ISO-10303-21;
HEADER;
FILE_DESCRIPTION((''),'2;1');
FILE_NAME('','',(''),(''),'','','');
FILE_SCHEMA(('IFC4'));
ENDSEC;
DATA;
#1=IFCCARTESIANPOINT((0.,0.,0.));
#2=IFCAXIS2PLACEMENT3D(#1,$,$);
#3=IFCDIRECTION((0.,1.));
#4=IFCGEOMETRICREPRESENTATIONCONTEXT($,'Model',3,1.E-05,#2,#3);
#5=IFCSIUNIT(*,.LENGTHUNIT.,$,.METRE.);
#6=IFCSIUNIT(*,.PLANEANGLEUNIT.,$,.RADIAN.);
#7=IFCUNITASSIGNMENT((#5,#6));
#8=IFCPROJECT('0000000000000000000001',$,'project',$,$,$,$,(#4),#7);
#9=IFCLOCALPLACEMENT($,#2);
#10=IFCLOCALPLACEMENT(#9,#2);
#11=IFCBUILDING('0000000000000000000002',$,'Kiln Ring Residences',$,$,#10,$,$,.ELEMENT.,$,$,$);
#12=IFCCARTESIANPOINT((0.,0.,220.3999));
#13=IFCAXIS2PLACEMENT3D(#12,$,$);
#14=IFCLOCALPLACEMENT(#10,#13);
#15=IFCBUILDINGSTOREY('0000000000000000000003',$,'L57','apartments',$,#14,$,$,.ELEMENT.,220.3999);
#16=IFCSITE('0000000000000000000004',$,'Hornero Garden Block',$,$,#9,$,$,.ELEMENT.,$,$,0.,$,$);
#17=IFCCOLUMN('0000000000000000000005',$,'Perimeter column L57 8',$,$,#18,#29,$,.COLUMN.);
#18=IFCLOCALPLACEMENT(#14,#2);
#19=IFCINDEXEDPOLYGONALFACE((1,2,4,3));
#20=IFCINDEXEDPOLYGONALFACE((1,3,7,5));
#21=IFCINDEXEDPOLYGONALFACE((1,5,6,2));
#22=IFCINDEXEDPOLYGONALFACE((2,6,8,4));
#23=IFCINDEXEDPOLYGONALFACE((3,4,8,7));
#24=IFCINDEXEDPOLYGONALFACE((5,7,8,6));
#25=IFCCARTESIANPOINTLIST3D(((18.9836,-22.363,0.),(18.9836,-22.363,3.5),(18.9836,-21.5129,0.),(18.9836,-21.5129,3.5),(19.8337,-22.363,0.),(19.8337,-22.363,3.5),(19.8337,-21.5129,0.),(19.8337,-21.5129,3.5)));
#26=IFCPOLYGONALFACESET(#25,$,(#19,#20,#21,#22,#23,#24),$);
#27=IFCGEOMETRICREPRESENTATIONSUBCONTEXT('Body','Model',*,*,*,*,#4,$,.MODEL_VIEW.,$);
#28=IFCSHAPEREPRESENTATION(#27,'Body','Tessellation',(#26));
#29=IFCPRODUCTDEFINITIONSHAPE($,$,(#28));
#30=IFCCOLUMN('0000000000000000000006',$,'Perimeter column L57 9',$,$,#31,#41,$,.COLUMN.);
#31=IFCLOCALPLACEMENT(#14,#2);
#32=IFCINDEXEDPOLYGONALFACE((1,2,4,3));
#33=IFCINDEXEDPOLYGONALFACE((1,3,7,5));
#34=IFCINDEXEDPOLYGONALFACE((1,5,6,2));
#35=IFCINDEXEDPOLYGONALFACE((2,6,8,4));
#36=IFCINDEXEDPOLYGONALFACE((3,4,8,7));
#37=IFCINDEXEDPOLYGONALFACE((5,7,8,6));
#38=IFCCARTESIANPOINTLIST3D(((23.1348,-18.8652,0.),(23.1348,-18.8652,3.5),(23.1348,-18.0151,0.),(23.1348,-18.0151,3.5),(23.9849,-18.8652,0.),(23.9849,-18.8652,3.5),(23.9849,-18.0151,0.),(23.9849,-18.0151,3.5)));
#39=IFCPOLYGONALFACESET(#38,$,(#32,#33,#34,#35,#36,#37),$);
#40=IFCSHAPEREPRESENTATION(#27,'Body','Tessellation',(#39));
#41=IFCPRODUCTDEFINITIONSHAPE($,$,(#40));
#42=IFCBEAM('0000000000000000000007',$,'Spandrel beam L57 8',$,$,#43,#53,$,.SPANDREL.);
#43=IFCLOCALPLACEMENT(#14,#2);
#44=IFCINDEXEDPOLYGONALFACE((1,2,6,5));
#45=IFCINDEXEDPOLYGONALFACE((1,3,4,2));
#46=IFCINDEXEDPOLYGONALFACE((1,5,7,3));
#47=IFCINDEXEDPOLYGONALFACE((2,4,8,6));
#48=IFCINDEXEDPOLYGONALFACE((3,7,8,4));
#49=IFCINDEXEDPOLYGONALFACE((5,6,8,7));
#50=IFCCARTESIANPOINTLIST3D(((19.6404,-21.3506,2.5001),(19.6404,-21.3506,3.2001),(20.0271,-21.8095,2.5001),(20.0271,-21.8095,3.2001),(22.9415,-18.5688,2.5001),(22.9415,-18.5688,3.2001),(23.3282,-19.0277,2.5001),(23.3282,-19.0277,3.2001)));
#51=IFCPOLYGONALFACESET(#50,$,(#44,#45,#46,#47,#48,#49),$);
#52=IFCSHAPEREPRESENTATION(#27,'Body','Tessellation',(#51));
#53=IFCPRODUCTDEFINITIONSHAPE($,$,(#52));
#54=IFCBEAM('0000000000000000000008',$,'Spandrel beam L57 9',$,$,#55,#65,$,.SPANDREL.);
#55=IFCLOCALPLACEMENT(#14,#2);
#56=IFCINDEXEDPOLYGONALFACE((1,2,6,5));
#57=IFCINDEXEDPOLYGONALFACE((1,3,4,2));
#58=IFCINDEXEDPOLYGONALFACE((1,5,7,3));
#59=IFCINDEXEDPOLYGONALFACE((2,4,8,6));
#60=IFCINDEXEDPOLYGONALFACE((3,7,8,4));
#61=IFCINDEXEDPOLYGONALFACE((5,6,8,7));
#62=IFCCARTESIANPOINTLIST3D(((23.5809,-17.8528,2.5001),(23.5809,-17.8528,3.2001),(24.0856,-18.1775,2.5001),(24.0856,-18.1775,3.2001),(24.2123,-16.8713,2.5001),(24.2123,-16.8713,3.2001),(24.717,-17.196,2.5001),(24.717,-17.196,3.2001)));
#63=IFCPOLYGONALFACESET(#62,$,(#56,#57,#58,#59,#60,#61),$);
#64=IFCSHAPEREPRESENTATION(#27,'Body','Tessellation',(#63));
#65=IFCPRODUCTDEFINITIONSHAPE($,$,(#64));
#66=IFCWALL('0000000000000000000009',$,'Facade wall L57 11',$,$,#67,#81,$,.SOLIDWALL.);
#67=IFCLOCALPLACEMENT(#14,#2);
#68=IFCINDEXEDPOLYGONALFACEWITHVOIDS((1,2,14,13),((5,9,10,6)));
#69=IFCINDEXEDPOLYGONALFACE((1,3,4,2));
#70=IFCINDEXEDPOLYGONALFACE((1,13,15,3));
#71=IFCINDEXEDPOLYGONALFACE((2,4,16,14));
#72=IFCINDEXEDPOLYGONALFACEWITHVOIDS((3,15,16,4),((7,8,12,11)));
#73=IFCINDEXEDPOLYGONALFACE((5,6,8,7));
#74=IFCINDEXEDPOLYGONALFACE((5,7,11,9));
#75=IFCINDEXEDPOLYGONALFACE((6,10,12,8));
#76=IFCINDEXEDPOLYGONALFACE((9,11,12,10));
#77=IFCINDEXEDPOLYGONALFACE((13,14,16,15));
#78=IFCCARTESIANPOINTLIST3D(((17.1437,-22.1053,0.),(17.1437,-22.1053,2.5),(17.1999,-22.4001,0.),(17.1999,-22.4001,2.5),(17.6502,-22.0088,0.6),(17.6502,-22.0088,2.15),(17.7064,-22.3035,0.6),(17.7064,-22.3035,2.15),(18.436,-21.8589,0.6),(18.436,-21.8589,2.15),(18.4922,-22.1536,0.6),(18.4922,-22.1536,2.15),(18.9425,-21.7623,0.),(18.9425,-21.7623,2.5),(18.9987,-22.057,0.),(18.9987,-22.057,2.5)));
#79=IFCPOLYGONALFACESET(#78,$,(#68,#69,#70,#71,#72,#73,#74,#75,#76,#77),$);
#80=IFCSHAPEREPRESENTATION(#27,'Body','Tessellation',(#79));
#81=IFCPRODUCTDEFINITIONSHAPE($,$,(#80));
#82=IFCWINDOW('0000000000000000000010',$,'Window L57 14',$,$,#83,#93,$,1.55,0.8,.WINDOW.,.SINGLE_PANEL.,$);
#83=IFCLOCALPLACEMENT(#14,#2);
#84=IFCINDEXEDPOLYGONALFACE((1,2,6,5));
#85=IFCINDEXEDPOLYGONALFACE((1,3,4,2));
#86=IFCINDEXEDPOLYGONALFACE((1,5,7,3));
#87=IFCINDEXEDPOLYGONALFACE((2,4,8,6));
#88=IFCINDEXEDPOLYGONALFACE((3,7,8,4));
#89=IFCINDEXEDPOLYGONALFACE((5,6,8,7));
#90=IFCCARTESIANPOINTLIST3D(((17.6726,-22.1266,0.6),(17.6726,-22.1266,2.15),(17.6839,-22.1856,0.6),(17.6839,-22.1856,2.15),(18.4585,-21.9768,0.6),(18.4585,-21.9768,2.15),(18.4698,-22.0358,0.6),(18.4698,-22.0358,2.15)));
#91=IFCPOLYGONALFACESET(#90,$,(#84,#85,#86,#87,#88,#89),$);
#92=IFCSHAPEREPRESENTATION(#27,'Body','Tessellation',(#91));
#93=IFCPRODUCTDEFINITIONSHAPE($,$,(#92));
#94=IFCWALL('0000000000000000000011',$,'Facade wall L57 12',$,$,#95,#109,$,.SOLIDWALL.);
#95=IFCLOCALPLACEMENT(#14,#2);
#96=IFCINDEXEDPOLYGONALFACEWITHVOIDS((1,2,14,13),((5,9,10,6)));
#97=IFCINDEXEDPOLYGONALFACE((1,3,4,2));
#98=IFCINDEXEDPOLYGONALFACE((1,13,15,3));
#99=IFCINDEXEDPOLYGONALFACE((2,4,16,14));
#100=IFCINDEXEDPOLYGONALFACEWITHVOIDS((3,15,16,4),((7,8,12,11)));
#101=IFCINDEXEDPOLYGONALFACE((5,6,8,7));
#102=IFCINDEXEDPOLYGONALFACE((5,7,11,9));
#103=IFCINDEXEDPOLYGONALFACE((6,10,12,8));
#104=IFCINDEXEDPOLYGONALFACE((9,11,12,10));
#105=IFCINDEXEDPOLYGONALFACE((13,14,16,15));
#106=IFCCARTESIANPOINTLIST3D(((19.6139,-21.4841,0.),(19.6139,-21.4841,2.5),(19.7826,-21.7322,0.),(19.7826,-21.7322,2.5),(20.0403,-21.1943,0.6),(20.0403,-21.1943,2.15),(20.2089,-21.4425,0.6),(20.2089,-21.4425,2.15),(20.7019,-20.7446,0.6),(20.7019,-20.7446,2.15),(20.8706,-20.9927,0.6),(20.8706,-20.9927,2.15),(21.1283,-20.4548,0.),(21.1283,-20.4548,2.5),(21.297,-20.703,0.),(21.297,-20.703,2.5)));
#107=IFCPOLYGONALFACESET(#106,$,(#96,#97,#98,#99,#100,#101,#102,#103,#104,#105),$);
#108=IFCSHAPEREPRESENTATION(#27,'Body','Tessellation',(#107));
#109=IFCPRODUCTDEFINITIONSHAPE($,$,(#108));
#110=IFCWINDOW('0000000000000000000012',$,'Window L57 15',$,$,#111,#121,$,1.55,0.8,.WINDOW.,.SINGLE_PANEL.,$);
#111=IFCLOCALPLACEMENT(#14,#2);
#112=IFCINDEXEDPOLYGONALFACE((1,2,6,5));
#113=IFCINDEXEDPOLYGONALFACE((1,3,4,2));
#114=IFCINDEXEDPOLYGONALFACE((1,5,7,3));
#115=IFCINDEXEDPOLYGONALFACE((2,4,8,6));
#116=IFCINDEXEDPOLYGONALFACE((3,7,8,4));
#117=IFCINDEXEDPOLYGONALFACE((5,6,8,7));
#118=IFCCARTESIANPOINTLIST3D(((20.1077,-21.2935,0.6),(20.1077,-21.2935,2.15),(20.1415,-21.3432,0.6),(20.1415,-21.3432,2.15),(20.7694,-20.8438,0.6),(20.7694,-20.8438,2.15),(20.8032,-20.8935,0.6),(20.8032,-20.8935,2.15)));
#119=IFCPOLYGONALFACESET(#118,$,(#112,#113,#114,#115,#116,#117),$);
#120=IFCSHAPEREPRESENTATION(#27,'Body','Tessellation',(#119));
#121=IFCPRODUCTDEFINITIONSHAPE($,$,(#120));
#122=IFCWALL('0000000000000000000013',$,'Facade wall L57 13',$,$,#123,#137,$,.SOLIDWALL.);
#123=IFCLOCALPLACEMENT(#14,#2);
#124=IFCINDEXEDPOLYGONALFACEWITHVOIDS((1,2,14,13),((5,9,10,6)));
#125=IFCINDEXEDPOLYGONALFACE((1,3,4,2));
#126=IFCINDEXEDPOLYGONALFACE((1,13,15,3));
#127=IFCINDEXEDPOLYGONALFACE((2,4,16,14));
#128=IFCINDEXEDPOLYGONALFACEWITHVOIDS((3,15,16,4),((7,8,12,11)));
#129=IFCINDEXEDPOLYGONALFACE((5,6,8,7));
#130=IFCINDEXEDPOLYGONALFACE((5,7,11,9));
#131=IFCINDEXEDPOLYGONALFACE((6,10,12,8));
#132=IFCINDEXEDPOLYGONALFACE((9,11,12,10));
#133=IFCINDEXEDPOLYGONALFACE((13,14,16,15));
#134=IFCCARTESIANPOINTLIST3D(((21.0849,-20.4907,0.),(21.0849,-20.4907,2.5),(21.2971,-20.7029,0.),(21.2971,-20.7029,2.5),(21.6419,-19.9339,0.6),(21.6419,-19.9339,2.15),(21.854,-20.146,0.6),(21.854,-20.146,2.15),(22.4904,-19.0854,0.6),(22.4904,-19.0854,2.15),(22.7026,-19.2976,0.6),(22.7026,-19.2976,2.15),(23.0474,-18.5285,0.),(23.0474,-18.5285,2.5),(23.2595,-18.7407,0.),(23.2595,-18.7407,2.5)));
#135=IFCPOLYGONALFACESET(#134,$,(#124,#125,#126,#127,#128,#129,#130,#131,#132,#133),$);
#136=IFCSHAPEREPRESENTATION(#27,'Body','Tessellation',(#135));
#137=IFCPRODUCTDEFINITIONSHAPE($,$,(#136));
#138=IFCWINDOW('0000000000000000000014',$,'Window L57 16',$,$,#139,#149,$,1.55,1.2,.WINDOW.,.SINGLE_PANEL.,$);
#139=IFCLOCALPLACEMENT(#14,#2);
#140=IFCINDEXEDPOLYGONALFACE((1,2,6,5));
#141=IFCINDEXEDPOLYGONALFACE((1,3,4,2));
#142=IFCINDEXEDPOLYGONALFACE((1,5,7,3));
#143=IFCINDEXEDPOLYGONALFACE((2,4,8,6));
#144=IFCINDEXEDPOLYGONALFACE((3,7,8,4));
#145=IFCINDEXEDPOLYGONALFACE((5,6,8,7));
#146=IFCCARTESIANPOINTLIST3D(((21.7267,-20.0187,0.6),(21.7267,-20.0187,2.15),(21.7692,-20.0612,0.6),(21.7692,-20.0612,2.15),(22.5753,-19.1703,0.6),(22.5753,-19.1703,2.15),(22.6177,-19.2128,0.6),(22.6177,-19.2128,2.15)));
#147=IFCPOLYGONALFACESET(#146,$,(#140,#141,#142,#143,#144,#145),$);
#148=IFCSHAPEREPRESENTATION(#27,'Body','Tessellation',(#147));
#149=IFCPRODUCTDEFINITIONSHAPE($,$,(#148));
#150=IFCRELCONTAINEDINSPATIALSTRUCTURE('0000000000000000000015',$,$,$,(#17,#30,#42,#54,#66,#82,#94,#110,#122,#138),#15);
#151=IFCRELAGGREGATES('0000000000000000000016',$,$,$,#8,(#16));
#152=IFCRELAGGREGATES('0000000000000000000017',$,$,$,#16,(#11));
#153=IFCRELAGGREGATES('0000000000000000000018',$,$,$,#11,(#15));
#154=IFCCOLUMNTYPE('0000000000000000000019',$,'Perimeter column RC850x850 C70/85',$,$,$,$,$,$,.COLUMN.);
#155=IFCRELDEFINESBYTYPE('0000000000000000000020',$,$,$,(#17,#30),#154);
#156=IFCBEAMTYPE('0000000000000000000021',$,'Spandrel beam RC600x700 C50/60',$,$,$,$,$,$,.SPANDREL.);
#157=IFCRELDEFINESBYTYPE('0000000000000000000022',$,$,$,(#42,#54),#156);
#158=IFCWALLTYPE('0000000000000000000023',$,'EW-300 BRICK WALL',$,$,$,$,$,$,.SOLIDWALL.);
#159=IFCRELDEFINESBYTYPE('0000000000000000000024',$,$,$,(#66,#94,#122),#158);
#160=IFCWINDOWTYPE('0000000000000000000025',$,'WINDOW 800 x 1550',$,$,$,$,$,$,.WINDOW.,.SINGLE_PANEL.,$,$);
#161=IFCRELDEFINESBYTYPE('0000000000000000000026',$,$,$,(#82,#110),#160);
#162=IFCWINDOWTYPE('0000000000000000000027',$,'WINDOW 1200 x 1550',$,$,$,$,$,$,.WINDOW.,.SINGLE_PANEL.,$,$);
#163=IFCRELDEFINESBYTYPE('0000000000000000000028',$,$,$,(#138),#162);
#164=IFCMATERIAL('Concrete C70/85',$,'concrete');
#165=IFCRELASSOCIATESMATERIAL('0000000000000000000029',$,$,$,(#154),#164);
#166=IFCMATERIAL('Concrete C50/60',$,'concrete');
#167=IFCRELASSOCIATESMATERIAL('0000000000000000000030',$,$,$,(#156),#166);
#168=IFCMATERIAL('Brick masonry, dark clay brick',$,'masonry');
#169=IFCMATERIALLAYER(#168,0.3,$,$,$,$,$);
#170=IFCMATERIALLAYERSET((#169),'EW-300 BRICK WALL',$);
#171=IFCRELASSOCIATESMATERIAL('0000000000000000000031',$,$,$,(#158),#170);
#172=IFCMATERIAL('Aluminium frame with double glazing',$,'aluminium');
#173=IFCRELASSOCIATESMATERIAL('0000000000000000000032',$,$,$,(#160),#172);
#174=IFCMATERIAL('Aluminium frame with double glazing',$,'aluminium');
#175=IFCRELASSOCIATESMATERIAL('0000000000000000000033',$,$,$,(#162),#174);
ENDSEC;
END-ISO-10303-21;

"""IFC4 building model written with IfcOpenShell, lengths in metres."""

from ifc_helpers import new_model, si_unit, direction, frame, frame_2d, origin, origin_2d, place, context, subcontext, project, spatial, rectangle, extrude, material, layer, layer_set, material_profile, profile_set, type_object, element, fill, save


model = new_model("IFC4")

# Units and contexts
model_context = context("Model", 3, precision=1e-05, world=origin(), true_north=direction((0.0, 1.0)))
body_context = subcontext(model_context, "Body", "Model", "MODEL_VIEW")
ifc_project = project(units=[si_unit("LENGTHUNIT", "METRE"), si_unit("PLANEANGLEUNIT", "RADIAN")], contexts=[model_context])

# Site, building, storey
site_placement = place(None, origin())
site = spatial("IfcSite", under=ifc_project, at=site_placement, Name="Hornero Garden Block", CompositionType="ELEMENT", RefElevation=0.0)
building_placement = place(site_placement, origin())
building = spatial("IfcBuilding", under=site, at=building_placement, Name="Kiln Ring Residences", CompositionType="ELEMENT")
storey_placement = place(building_placement, frame((0.0, 0.0, 220.3999)))
storey = spatial("IfcBuildingStorey", under=building, at=storey_placement, Name="L57", Description="apartments", CompositionType="ELEMENT", Elevation=220.3999)

# Columns
ifc_material_1 = material(Name="Concrete C70/85", Category="concrete")
ifc_material_profile_1 = material_profile(ifc_material_1, rectangle(XDim=0.8501, YDim=0.8501, at=origin_2d()), Name="RC850x850")
ifc_profile_set_1 = profile_set([ifc_material_profile_1], Name="Concrete C70/85")
column_type = type_object("IfcColumnType", Name="Perimeter column RC850x850 C70/85", PredefinedType="COLUMN", material=ifc_profile_set_1)
for number, where, z_axis, x_axis, name in (
    (1, (19.4087, -21.938, 0.0), (0.0, 0.0, 1.0), (1.0, 0.0, 0.0), "Perimeter column L57 8"),
    (2, (23.5598, -18.4402, 0.0), (0.0, 0.0, 1.0), (1.0, 0.0, 0.0), "Perimeter column L57 9"),
):
    element("IfcColumn", number, at=place(storey_placement, frame(where, z_axis=z_axis, x_axis=x_axis)), inside=storey, type_object=column_type, Name=name, PredefinedType="COLUMN", context=body_context, shape_type="SweptSolid", body=[
        extrude(rectangle(XDim=0.8501, YDim=0.8501, at=origin_2d()), origin(), (0.0, 0.0, 1.0), 3.5),
    ])

# Beams
ifc_material_2 = material(Name="Concrete C50/60", Category="concrete")
ifc_material_profile_2 = material_profile(ifc_material_2, rectangle(XDim=0.6001, YDim=0.7, at=origin_2d()), Name="RC600x700")
ifc_profile_set_2 = profile_set([ifc_material_profile_2], Name="Concrete C50/60")
beam_type = type_object("IfcBeamType", Name="Spandrel beam RC600x700 C50/60", PredefinedType="SPANDREL", material=ifc_profile_set_2)
beam_1_placement = place(storey_placement, frame((19.8337, -21.5801, 2.8501), z_axis=(0.764691, 0.644397, 0.0), x_axis=(-0.644397, 0.764691, 0.0)))
element("IfcBeam", 3, at=beam_1_placement, inside=storey, type_object=beam_type, Name="Spandrel beam L57 8", PredefinedType="SPANDREL", context=body_context, shape_type="SweptSolid", body=[
    extrude(rectangle(XDim=0.6001, YDim=0.7, at=origin_2d()), origin(), (0.0, 0.0, 1.0), 4.3169),
])
beam_2_placement = place(storey_placement, frame((23.8333, -18.0151, 2.8501), z_axis=(0.541011, 0.841015, 0.0), x_axis=(-0.841015, 0.541011, 0.0)))
element("IfcBeam", 4, at=beam_2_placement, inside=storey, type_object=beam_type, Name="Spandrel beam L57 9", PredefinedType="SPANDREL", context=body_context, shape_type="SweptSolid", body=[
    extrude(rectangle(XDim=0.6001, YDim=0.7, at=origin_2d()), origin(), (0.0, 0.0, 1.0), 1.167),
])

# Walls, openings, windows
ifc_material_3 = material(Name="Brick masonry, dark clay brick", Category="masonry")
ifc_layer_1 = layer(ifc_material_3, 0.3)
ifc_layer_set_1 = layer_set([ifc_layer_1], Name="EW-300 BRICK WALL")
wall_type_1 = type_object("IfcWallType", Name="EW-300 BRICK WALL", PredefinedType="SOLIDWALL", material=ifc_layer_set_1)
wall_1_placement = place(storey_placement, frame((17.1719, -22.2527, 0.0), z_axis=(0.0, 0.0, 1.0), x_axis=(0.9823, 0.187314, 0.0)))
wall_1 = element("IfcWall", 5, at=wall_1_placement, inside=storey, type_object=wall_type_1, Name="Facade wall L57 11", PredefinedType="SOLIDWALL", context=body_context, shape_type="SweptSolid", body=[
    extrude(rectangle(XDim=1.8313, YDim=0.3, at=frame_2d((0.9155, 0.0))), origin(), (0.0, 0.0, 1.0), 2.5),
])
opening_1_placement = place(wall_1_placement, frame((0.5156, 0.0, 0.6001)))
opening_1 = element("IfcOpeningElement", 6, at=opening_1_placement, cuts=wall_1, PredefinedType="OPENING", context=body_context, shape_type="SweptSolid", body=[
    extrude(rectangle(XDim=0.8, YDim=1.55, at=frame_2d((0.3999, 0.7749))), frame((0.0, 0.1599, 0.0), z_axis=(0.0, -1.0, 0.0), x_axis=(1.0, 0.0, 0.0)), (0.0, 0.0, 1.0), 0.3201),
])
ifc_material_4 = material(Name="Aluminium frame with double glazing", Category="aluminium")
window_type_1 = type_object("IfcWindowType", Name="WINDOW 800 x 1550", PartitioningType="SINGLE_PANEL", PredefinedType="WINDOW", material=ifc_material_4)
window_1_placement = place(opening_1_placement, origin())
window_1 = element("IfcWindow", 7, at=window_1_placement, inside=storey, type_object=window_type_1, Name="Window L57 14", OverallHeight=1.55, OverallWidth=0.8, PartitioningType="SINGLE_PANEL", PredefinedType="WINDOW", context=body_context, shape_type="SweptSolid", body=[
    extrude(rectangle(XDim=0.8, YDim=1.55, at=frame_2d((0.3999, 0.7749))), frame((0.0, 0.03, 0.0), z_axis=(0.0, -1.0, 0.0), x_axis=(1.0, 0.0, 0.0)), (0.0, 0.0, 1.0), 0.0601),
])
fill(opening_1, window_1)
wall_2_placement = place(storey_placement, frame((19.6982, -21.6082, 0.0), z_axis=(0.0, 0.0, 1.0), x_axis=(0.827053, 0.562124, 0.0)))
wall_2 = element("IfcWall", 8, at=wall_2_placement, inside=storey, type_object=wall_type_1, Name="Facade wall L57 12", PredefinedType="SOLIDWALL", context=body_context, shape_type="SweptSolid", body=[
    extrude(rectangle(XDim=1.8311, YDim=0.3, at=frame_2d((0.9155, 0.0))), origin(), (0.0, 0.0, 1.0), 2.5),
])
opening_2_placement = place(wall_2_placement, frame((0.5156, 0.0, 0.6001)))
opening_2 = element("IfcOpeningElement", 9, at=opening_2_placement, cuts=wall_2, PredefinedType="OPENING", context=body_context, shape_type="SweptSolid", body=[
    extrude(rectangle(XDim=0.8, YDim=1.55, at=frame_2d((0.3999, 0.7749))), frame((0.0, 0.1599, 0.0), z_axis=(0.0, -1.0, 0.0), x_axis=(1.0, 0.0, 0.0)), (0.0, 0.0, 1.0), 0.3201),
])
window_2_placement = place(opening_2_placement, origin())
window_2 = element("IfcWindow", 10, at=window_2_placement, inside=storey, type_object=window_type_1, Name="Window L57 15", OverallHeight=1.55, OverallWidth=0.8, PartitioningType="SINGLE_PANEL", PredefinedType="WINDOW", context=body_context, shape_type="SweptSolid", body=[
    extrude(rectangle(XDim=0.8, YDim=1.55, at=frame_2d((0.3999, 0.7749))), frame((0.0, 0.03, 0.0), z_axis=(0.0, -1.0, 0.0), x_axis=(1.0, 0.0, 0.0)), (0.0, 0.0, 1.0), 0.0601),
])
fill(opening_2, window_2)
wall_3_placement = place(storey_placement, frame((21.1909, -20.5969, 0.0), z_axis=(0.0, 0.0, 1.0), x_axis=(0.707151, 0.707063, 0.0)))
wall_3 = element("IfcWall", 11, at=wall_3_placement, inside=storey, type_object=wall_type_1, Name="Facade wall L57 13", PredefinedType="SOLIDWALL", context=body_context, shape_type="SweptSolid", body=[
    extrude(rectangle(XDim=2.7751, YDim=0.3, at=frame_2d((1.3877, 0.0))), origin(), (0.0, 0.0, 1.0), 2.5),
])
opening_3_placement = place(wall_3_placement, frame((0.7876, 0.0, 0.6001)))
opening_3 = element("IfcOpeningElement", 12, at=opening_3_placement, cuts=wall_3, PredefinedType="OPENING", context=body_context, shape_type="SweptSolid", body=[
    extrude(rectangle(XDim=1.2, YDim=1.55, at=frame_2d((0.6001, 0.7749))), frame((0.0, 0.1599, 0.0), z_axis=(0.0, -1.0, 0.0), x_axis=(1.0, 0.0, 0.0)), (0.0, 0.0, 1.0), 0.3201),
])
ifc_material_5 = material(Name="Aluminium frame with double glazing", Category="aluminium")
window_type_2 = type_object("IfcWindowType", Name="WINDOW 1200 x 1550", PartitioningType="SINGLE_PANEL", PredefinedType="WINDOW", material=ifc_material_5)
window_3_placement = place(opening_3_placement, origin())
window_3 = element("IfcWindow", 13, at=window_3_placement, inside=storey, type_object=window_type_2, Name="Window L57 16", OverallHeight=1.55, OverallWidth=1.2, PartitioningType="SINGLE_PANEL", PredefinedType="WINDOW", context=body_context, shape_type="SweptSolid", body=[
    extrude(rectangle(XDim=1.2, YDim=1.55, at=frame_2d((0.6001, 0.7749))), frame((0.0, 0.03, 0.0), z_axis=(0.0, -1.0, 0.0), x_axis=(1.0, 0.0, 0.0)), (0.0, 0.0, 1.0), 0.0601),
])
fill(opening_3, window_3)

save(model, "model.ifc")
